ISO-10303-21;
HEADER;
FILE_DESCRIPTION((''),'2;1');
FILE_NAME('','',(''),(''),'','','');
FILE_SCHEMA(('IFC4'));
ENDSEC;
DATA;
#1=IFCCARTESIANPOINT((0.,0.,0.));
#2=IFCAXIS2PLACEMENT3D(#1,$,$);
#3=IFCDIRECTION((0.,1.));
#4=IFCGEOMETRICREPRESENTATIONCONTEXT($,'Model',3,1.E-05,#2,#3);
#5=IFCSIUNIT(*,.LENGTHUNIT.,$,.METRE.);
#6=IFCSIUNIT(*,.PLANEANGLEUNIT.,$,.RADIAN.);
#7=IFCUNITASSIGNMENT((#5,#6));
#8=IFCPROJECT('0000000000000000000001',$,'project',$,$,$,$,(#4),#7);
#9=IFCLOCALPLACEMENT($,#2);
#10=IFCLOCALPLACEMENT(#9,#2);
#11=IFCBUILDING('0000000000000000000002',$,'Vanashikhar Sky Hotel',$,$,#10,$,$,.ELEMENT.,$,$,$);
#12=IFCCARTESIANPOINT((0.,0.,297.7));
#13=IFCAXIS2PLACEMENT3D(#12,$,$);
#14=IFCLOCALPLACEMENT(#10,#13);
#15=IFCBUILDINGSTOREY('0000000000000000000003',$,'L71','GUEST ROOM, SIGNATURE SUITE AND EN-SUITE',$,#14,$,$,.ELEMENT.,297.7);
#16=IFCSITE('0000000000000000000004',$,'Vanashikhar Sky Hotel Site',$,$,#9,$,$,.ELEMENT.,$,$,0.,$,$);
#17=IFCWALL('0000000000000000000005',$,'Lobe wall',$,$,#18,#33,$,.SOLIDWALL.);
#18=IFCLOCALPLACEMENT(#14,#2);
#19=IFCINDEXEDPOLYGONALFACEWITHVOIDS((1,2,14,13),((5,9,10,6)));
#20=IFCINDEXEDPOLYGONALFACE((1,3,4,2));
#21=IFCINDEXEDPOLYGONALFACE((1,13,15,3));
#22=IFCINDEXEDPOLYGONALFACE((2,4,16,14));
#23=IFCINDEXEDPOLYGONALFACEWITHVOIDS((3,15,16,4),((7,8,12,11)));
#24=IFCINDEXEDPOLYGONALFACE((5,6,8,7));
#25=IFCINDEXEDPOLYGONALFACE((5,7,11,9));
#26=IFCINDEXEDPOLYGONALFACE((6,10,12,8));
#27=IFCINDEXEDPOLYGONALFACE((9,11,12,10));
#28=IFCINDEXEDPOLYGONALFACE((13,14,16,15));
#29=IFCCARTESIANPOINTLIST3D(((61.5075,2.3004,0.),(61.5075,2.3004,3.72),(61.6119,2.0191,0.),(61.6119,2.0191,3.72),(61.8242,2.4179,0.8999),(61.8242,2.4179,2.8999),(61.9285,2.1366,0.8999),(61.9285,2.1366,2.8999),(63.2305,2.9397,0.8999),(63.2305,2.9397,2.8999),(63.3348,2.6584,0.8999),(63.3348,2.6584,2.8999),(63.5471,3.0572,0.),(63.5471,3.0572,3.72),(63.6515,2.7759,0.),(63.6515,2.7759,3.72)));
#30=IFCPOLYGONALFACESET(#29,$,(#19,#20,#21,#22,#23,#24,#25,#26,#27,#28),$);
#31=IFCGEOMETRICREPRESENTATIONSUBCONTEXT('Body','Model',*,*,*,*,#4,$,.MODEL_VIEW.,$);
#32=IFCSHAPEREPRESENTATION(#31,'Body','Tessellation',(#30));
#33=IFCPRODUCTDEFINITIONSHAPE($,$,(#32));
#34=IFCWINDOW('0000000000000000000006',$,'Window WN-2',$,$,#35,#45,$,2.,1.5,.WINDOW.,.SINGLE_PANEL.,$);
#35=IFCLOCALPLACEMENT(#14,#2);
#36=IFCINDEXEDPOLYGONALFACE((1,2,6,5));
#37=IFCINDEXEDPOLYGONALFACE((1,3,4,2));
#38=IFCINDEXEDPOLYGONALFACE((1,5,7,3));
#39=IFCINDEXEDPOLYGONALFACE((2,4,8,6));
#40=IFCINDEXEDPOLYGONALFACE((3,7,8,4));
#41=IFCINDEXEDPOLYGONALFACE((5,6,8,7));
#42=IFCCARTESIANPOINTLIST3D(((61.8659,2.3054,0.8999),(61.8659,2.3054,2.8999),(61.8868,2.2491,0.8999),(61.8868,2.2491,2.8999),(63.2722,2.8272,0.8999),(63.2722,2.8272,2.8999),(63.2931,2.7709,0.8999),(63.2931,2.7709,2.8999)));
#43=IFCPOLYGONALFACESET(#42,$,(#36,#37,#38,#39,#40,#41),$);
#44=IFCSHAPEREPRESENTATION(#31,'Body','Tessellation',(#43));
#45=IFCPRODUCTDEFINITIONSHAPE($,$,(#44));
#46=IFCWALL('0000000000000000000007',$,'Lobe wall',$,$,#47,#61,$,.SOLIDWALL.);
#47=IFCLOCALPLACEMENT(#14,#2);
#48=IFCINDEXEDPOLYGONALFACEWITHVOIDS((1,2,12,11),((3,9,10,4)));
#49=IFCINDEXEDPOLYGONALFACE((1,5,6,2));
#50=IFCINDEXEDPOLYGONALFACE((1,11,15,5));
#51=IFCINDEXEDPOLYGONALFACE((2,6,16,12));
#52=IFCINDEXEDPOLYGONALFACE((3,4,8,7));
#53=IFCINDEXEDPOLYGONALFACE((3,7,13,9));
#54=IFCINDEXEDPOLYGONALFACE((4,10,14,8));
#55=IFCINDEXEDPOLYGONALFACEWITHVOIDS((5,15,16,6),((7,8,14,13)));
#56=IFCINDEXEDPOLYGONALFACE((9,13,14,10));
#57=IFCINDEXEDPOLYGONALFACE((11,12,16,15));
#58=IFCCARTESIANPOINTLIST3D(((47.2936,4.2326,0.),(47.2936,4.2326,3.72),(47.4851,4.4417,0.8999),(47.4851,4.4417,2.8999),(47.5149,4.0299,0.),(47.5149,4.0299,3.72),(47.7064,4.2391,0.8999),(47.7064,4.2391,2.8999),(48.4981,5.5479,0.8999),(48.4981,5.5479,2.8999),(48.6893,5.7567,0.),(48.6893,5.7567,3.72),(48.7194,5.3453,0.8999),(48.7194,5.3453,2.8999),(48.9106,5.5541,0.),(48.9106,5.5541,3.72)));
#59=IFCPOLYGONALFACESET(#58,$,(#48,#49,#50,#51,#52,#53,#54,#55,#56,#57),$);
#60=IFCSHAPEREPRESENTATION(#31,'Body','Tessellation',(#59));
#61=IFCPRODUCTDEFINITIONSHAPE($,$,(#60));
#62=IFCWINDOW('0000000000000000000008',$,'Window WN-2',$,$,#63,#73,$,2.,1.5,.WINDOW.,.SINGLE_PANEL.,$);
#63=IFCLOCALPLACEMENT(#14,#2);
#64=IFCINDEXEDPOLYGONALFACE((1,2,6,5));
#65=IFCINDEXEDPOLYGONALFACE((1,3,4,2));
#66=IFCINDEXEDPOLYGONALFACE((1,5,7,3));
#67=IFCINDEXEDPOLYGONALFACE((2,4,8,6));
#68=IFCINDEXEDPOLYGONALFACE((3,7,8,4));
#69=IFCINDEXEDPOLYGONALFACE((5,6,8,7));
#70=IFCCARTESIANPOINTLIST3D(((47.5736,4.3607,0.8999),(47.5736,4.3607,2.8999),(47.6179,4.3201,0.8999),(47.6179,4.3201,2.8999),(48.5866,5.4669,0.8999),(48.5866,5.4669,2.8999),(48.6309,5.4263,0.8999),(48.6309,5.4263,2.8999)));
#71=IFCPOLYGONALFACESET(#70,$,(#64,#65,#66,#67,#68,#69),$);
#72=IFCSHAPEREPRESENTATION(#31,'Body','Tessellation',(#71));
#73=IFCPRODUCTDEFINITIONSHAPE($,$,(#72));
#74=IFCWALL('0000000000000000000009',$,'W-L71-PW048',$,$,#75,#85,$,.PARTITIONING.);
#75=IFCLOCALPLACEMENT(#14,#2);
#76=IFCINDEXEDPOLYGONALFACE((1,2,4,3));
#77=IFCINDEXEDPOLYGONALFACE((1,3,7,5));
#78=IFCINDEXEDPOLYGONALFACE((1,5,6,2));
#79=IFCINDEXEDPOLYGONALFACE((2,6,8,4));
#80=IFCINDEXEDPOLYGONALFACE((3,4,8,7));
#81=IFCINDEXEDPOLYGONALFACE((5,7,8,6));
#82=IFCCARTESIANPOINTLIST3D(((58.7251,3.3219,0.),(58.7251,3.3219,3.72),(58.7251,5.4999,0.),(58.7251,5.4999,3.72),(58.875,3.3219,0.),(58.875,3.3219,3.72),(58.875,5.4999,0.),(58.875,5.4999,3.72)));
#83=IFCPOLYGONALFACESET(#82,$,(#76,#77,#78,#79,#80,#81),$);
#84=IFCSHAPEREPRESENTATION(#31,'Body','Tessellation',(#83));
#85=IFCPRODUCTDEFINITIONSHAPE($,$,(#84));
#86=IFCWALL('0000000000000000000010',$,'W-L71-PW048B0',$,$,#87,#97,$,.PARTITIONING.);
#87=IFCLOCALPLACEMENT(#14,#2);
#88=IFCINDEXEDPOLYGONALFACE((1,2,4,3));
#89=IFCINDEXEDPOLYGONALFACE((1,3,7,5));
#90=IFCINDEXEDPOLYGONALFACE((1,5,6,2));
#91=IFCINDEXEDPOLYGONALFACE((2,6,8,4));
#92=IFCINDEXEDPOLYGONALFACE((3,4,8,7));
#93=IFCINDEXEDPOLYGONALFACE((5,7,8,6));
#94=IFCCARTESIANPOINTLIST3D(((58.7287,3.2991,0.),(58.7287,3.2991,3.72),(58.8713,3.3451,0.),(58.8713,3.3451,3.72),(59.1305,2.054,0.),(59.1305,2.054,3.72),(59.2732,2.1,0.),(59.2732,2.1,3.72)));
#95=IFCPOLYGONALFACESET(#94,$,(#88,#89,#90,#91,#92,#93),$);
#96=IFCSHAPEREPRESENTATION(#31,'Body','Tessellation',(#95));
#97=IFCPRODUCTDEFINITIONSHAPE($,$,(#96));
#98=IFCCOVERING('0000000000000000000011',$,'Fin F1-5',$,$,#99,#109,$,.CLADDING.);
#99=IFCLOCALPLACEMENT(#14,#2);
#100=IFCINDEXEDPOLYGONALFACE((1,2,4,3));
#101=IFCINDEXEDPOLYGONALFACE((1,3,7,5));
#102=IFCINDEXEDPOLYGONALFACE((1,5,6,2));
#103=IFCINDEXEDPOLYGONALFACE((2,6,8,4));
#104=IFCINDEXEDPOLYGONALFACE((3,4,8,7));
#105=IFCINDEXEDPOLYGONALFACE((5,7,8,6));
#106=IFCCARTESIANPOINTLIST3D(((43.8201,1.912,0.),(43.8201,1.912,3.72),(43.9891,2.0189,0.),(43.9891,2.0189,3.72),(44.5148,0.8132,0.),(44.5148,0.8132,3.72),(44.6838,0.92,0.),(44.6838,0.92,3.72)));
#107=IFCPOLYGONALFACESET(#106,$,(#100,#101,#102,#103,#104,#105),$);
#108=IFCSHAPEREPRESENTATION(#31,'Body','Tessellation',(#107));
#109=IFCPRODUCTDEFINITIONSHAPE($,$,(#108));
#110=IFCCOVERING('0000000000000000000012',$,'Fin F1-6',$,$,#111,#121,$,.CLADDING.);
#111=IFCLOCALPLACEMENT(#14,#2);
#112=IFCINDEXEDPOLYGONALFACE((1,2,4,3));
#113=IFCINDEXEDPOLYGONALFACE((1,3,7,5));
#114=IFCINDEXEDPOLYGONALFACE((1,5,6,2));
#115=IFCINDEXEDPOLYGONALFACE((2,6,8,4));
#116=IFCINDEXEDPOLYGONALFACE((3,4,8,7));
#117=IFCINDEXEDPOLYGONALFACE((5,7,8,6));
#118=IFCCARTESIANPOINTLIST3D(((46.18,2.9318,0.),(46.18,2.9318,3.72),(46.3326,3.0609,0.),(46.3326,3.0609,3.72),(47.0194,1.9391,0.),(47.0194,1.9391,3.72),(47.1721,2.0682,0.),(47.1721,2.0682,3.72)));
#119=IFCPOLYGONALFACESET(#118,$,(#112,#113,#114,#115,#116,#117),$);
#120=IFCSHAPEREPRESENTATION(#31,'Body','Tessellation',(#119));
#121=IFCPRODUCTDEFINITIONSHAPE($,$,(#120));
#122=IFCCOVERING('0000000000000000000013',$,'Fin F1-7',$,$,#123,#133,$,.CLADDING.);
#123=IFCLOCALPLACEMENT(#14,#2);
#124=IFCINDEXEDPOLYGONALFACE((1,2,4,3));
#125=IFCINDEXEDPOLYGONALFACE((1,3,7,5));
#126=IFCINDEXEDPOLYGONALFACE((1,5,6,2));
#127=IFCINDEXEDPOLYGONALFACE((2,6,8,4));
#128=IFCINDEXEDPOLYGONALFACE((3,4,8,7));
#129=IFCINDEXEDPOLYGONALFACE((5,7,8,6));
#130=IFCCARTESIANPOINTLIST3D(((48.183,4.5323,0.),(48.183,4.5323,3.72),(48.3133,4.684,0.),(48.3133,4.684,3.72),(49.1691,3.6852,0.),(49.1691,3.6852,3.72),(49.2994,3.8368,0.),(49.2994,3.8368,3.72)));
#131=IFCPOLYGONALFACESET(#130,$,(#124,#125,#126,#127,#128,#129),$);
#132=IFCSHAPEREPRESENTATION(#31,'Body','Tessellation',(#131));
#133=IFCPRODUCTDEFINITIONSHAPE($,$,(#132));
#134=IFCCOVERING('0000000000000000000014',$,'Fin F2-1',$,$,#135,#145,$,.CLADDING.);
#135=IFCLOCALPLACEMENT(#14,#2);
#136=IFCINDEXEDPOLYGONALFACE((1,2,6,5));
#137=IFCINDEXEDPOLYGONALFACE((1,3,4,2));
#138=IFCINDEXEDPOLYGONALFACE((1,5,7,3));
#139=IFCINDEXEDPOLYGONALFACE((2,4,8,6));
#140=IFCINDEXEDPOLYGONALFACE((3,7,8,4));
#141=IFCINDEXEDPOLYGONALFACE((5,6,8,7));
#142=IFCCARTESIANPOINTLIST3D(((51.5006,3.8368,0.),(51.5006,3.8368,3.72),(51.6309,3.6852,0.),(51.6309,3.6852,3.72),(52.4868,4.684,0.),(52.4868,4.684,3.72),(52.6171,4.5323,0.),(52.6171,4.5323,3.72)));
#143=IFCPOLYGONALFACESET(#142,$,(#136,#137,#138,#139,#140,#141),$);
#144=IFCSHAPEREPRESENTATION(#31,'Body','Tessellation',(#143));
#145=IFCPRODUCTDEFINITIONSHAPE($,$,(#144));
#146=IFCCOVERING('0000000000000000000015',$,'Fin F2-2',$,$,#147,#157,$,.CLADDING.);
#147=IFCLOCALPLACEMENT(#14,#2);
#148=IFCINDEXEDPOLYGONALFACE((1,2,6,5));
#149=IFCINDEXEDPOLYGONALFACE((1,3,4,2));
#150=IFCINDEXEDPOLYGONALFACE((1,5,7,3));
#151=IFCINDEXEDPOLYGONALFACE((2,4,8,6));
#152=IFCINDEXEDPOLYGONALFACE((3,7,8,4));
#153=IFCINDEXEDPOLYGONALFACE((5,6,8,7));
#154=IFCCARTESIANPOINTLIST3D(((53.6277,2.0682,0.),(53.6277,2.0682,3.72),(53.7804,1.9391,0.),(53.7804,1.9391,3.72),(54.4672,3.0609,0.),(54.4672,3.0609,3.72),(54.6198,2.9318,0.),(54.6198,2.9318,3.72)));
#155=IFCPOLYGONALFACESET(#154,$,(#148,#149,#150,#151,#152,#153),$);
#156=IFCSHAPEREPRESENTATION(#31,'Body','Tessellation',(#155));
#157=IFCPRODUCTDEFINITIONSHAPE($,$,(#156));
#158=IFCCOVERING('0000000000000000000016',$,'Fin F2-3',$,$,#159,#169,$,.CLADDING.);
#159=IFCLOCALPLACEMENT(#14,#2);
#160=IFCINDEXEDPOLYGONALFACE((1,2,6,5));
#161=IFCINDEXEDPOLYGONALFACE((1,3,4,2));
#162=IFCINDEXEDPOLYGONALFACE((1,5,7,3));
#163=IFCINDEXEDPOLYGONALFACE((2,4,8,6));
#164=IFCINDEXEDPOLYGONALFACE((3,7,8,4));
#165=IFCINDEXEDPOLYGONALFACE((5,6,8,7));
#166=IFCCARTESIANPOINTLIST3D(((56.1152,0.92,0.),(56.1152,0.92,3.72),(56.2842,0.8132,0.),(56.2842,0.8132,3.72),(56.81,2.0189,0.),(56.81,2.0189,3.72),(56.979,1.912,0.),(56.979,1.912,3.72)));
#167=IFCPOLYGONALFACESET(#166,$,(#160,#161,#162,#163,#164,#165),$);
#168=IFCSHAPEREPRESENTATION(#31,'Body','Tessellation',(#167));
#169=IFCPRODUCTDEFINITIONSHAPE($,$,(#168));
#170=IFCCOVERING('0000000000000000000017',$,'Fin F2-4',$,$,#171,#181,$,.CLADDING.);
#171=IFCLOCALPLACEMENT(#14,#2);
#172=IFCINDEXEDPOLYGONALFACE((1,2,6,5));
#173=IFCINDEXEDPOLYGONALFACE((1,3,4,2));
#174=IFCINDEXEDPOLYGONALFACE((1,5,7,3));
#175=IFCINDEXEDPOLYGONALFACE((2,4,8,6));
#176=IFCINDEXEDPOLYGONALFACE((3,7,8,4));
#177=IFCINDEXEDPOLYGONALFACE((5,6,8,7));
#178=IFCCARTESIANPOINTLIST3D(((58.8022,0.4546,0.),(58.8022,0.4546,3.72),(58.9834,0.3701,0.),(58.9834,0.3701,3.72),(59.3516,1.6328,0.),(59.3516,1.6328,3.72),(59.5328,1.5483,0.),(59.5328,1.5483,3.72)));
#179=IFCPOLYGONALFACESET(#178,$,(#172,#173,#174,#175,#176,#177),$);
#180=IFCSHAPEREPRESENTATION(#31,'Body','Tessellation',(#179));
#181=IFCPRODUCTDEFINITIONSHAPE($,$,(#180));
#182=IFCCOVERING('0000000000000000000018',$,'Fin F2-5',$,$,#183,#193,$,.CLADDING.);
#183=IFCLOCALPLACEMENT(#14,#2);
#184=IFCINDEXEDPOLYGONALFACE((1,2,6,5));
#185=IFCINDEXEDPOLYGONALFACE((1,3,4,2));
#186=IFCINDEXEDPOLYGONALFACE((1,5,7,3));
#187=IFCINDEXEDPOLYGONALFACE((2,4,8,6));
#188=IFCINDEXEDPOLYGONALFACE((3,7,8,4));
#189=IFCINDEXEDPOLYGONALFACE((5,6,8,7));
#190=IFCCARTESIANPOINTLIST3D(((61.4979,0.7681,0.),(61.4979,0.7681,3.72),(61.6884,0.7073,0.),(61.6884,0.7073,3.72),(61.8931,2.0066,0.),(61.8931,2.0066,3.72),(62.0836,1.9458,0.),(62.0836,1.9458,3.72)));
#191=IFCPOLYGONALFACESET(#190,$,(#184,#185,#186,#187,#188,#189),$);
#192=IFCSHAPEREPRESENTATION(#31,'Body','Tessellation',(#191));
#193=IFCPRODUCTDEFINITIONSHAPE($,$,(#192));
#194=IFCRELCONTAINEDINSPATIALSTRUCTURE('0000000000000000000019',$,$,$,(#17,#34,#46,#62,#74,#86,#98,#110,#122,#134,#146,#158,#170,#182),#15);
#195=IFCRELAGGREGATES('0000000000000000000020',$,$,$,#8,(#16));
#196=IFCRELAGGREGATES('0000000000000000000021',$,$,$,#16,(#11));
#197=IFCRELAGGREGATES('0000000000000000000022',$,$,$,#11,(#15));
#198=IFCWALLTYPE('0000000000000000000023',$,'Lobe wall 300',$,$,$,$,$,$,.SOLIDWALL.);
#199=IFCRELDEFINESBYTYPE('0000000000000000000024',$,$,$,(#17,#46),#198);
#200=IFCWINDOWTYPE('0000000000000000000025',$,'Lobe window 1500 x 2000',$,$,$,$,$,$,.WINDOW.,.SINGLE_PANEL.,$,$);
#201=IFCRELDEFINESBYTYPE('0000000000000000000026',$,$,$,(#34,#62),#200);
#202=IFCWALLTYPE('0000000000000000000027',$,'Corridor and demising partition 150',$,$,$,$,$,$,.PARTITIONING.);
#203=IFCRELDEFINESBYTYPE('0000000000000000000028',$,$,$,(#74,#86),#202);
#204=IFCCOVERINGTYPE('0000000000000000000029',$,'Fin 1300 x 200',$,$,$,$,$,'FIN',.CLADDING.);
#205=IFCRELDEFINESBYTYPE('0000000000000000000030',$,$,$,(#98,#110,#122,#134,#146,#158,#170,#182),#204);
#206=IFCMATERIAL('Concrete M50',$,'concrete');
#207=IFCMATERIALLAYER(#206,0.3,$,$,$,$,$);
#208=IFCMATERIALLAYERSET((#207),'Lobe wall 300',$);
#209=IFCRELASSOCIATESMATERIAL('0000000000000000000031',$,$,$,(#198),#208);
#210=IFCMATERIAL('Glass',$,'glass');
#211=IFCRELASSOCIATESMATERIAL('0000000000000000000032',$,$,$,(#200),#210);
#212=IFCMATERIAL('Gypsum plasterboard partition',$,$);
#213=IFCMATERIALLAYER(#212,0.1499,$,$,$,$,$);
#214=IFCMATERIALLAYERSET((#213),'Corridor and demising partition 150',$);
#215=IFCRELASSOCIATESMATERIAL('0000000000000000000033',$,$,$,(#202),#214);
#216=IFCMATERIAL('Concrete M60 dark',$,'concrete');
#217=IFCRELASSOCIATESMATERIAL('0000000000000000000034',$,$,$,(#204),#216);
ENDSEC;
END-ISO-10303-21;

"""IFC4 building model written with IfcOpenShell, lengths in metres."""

from ifc_helpers import new_model, si_unit, direction, frame, frame_2d, origin, origin_2d, place, context, subcontext, project, spatial, rectangle, extrude, source, transform, mapped, material, layer, layer_set, material_profile, profile_set, type_object, element, fill, save


model = new_model("IFC4")

# Units and contexts
model_context = context("Model", 3, precision=1e-05, world=origin(), true_north=direction((0.0, 1.0)))
body_context = subcontext(model_context, "Body", "Model", "MODEL_VIEW")
ifc_project = project(units=[si_unit("LENGTHUNIT", "METRE"), si_unit("PLANEANGLEUNIT", "RADIAN")], contexts=[model_context])

# Site, building, storey
site_placement = place(None, origin())
site = spatial("IfcSite", under=ifc_project, at=site_placement, Name="Vanashikhar Sky Hotel Site", CompositionType="ELEMENT", RefElevation=0.0)
building_placement = place(site_placement, origin())
building = spatial("IfcBuilding", under=site, at=building_placement, Name="Vanashikhar Sky Hotel", CompositionType="ELEMENT")
storey_placement = place(building_placement, frame((0.0, 0.0, 297.7)))
storey = spatial("IfcBuildingStorey", under=building, at=storey_placement, Name="L71", Description="GUEST ROOM, SIGNATURE SUITE AND EN-SUITE", CompositionType="ELEMENT", Elevation=297.7)

# Shared definitions
ifc_material_1 = material(Name="Concrete M50", Category="concrete")

# Walls, openings, windows
ifc_layer_1 = layer(ifc_material_1, 0.3)
ifc_layer_set_1 = layer_set([ifc_layer_1], Name="Lobe wall 300")
wall_type_1 = type_object("IfcWallType", Name="Lobe wall 300", PredefinedType="SOLIDWALL", material=ifc_layer_set_1)
shared_shape_1 = source(origin(), body_context, "Body", "SweptSolid", [
    extrude(rectangle(XDim=1.5, YDim=2.0, at=frame_2d((0.75, 1.0))), frame((0.0, 0.1602, 0.0), z_axis=(0.0, -1.0, 0.0), x_axis=(1.0, 0.0, 0.0)), (0.0, 0.0, 1.0), 0.3201),
])
ifc_material_2 = material(Name="Glass", Category="glass")
window_type = type_object("IfcWindowType", Name="Lobe window 1500 x 2000", PartitioningType="SINGLE_PANEL", PredefinedType="WINDOW", material=ifc_material_2)
shared_shape_2 = source(origin(), body_context, "Body", "SweptSolid", [
    extrude(rectangle(XDim=1.5, YDim=2.0, at=frame_2d((0.75, 1.0))), frame((0.0, 0.03, 0.0), z_axis=(0.0, -1.0, 0.0), x_axis=(1.0, 0.0, 0.0)), (0.0, 0.0, 1.0), 0.0601),
])
shared_shape_3 = source(origin(), body_context, "Body", "SweptSolid", [
    extrude(rectangle(XDim=2.1755, YDim=0.3, at=frame_2d((1.0879, 0.0))), origin(), (0.0, 0.0, 1.0), 3.72),
])
wall_1_placement = place(storey_placement, frame((61.5596, 2.1597, 0.0), z_axis=(0.0, 0.0, 1.0), x_axis=(0.937532, 0.347899, 0.0)))
wall_1 = element("IfcWall", 1, at=wall_1_placement, inside=storey, type_object=wall_type_1, Name="Lobe wall", PredefinedType="SOLIDWALL", context=body_context, shape_type="MappedRepresentation", body=[
    mapped(shared_shape_3, transform((0.0, 0.0, 0.0), scale=1.0)),
])
opening_1_placement = place(wall_1_placement, frame((0.3379, 0.0, 0.8999)))
opening_1 = element("IfcOpeningElement", 2, at=opening_1_placement, cuts=wall_1, PredefinedType="OPENING", context=body_context, shape_type="MappedRepresentation", body=[
    mapped(shared_shape_1, transform((0.0, 0.0, 0.0), scale=1.0)),
])
window_1_placement = place(opening_1_placement, origin())
window_1 = element("IfcWindow", 3, at=window_1_placement, inside=storey, type_object=window_type, Name="Window WN-2", OverallHeight=2.0, OverallWidth=1.5, PartitioningType="SINGLE_PANEL", PredefinedType="WINDOW", context=body_context, shape_type="MappedRepresentation", body=[
    mapped(shared_shape_2, transform((0.0, 0.0, 0.0), scale=1.0)),
])
fill(opening_1, window_1)
shared_shape_4 = source(origin(), body_context, "Body", "SweptSolid", [
    extrude(rectangle(XDim=2.0667, YDim=0.3, at=frame_2d((1.0332, 0.0))), origin(), (0.0, 0.0, 1.0), 3.72),
])
wall_2_placement = place(storey_placement, frame((47.4043, 4.1313, 0.0), z_axis=(0.0, 0.0, 1.0), x_axis=(0.675355, 0.737492, 0.0)))
wall_2 = element("IfcWall", 4, at=wall_2_placement, inside=storey, type_object=wall_type_1, Name="Lobe wall", PredefinedType="SOLIDWALL", context=body_context, shape_type="MappedRepresentation", body=[
    mapped(shared_shape_4, transform((0.0, 0.0, 0.0), scale=1.0)),
])
opening_2_placement = place(wall_2_placement, frame((0.2834, 0.0, 0.8999)))
opening_2 = element("IfcOpeningElement", 5, at=opening_2_placement, cuts=wall_2, PredefinedType="OPENING", context=body_context, shape_type="MappedRepresentation", body=[
    mapped(shared_shape_1, transform((0.0, 0.0, 0.0), scale=1.0)),
])
window_2_placement = place(opening_2_placement, origin())
window_2 = element("IfcWindow", 6, at=window_2_placement, inside=storey, type_object=window_type, Name="Window WN-2", OverallHeight=2.0, OverallWidth=1.5, PartitioningType="SINGLE_PANEL", PredefinedType="WINDOW", context=body_context, shape_type="MappedRepresentation", body=[
    mapped(shared_shape_2, transform((0.0, 0.0, 0.0), scale=1.0)),
])
fill(opening_2, window_2)

# Walls
ifc_material_3 = material(Name="Gypsum plasterboard partition")
ifc_layer_2 = layer(ifc_material_3, 0.1499)
ifc_layer_set_2 = layer_set([ifc_layer_2], Name="Corridor and demising partition 150")
wall_type_2 = type_object("IfcWallType", Name="Corridor and demising partition 150", PredefinedType="PARTITIONING", material=ifc_layer_set_2)
shared_shape_5 = source(origin(), body_context, "Body", "SweptSolid", [
    extrude(rectangle(XDim=2.178, YDim=0.1499, at=frame_2d((1.0889, 0.0))), origin(), (0.0, 0.0, 1.0), 3.72),
])
wall_3_placement = place(storey_placement, frame((58.8, 3.322, 0.0), z_axis=(0.0, 0.0, 1.0), x_axis=(0.0, 1.0, 0.0)))
element("IfcWall", 7, at=wall_3_placement, inside=storey, type_object=wall_type_2, Name="W-L71-PW048", PredefinedType="PARTITIONING", context=body_context, shape_type="MappedRepresentation", body=[
    mapped(shared_shape_5, transform((0.0, 0.0, 0.0), scale=1.0)),
])
shared_shape_6 = source(origin(), body_context, "Body", "SweptSolid", [
    extrude(rectangle(XDim=1.3083, YDim=0.1499, at=frame_2d((0.6543, 0.0))), origin(), (0.0, 0.0, 1.0), 3.72),
])
wall_4_placement = place(storey_placement, frame((59.2019, 2.0769, 0.0), z_axis=(0.0, 0.0, 1.0), x_axis=(-0.307145, 0.951663, 0.0)))
element("IfcWall", 8, at=wall_4_placement, inside=storey, type_object=wall_type_2, Name="W-L71-PW048B0", PredefinedType="PARTITIONING", context=body_context, shape_type="MappedRepresentation", body=[
    mapped(shared_shape_6, transform((0.0, 0.0, 0.0), scale=1.0)),
])

# Coverings
ifc_material_4 = material(Name="Concrete M60 dark", Category="concrete")
ifc_material_profile = material_profile(ifc_material_4, rectangle(XDim=1.3, YDim=0.2, at=origin_2d()))
ifc_profile_set = profile_set([ifc_material_profile], Name="Fin 1300 x 200")
covering_type = type_object("IfcCoveringType", Name="Fin 1300 x 200", ElementType="FIN", PredefinedType="CLADDING", material=ifc_profile_set)
shared_shape_7 = source(origin(), body_context, "Body", "SweptSolid", [
    extrude(rectangle(XDim=1.3, YDim=0.2, at=origin_2d()), origin(), (0.0, 0.0, 1.0), 3.72),
])
for number, where, z_axis, x_axis, name in (
    (9, (44.252, 1.416, 0.0), (0.0, 0.0, 1.0), (0.534411, -0.845225, 0.0), "Fin F1-5"),
    (10, (46.676, 2.5, 0.0), (0.0, 0.0, 1.0), (0.645698, -0.763593, 0.0), "Fin F1-6"),
    (11, (48.7412, 4.1846, 0.0), (0.0, 0.0, 1.0), (0.758544, -0.651622, 0.0), "Fin F1-7"),
    (12, (52.0588, 4.1846, 0.0), (0.0, 0.0, 1.0), (-0.758544, -0.651622, 0.0), "Fin F2-1"),
    (13, (54.1238, 2.5, 0.0), (0.0, 0.0, 1.0), (-0.645698, -0.763593, 0.0), "Fin F2-2"),
    (14, (56.5471, 1.416, 0.0), (0.0, 0.0, 1.0), (-0.534411, -0.845225, 0.0), "Fin F2-3"),
    (15, (59.1675, 1.0015, 0.0), (0.0, 0.0, 1.0), (-0.422618, -0.906308, 0.0), "Fin F2-4"),
    (16, (61.7908, 1.3569, 0.0), (0.0, 0.0, 1.0), (-0.303967, -0.952683, 0.0), "Fin F2-5"),
):
    element("IfcCovering", number, at=place(storey_placement, frame(where, z_axis=z_axis, x_axis=x_axis)), inside=storey, type_object=covering_type, Name=name, PredefinedType="CLADDING", context=body_context, shape_type="MappedRepresentation", body=[
        mapped(shared_shape_7, transform((0.0, 0.0, 0.0), scale=1.0)),
    ])

save(model, "model.ifc")
